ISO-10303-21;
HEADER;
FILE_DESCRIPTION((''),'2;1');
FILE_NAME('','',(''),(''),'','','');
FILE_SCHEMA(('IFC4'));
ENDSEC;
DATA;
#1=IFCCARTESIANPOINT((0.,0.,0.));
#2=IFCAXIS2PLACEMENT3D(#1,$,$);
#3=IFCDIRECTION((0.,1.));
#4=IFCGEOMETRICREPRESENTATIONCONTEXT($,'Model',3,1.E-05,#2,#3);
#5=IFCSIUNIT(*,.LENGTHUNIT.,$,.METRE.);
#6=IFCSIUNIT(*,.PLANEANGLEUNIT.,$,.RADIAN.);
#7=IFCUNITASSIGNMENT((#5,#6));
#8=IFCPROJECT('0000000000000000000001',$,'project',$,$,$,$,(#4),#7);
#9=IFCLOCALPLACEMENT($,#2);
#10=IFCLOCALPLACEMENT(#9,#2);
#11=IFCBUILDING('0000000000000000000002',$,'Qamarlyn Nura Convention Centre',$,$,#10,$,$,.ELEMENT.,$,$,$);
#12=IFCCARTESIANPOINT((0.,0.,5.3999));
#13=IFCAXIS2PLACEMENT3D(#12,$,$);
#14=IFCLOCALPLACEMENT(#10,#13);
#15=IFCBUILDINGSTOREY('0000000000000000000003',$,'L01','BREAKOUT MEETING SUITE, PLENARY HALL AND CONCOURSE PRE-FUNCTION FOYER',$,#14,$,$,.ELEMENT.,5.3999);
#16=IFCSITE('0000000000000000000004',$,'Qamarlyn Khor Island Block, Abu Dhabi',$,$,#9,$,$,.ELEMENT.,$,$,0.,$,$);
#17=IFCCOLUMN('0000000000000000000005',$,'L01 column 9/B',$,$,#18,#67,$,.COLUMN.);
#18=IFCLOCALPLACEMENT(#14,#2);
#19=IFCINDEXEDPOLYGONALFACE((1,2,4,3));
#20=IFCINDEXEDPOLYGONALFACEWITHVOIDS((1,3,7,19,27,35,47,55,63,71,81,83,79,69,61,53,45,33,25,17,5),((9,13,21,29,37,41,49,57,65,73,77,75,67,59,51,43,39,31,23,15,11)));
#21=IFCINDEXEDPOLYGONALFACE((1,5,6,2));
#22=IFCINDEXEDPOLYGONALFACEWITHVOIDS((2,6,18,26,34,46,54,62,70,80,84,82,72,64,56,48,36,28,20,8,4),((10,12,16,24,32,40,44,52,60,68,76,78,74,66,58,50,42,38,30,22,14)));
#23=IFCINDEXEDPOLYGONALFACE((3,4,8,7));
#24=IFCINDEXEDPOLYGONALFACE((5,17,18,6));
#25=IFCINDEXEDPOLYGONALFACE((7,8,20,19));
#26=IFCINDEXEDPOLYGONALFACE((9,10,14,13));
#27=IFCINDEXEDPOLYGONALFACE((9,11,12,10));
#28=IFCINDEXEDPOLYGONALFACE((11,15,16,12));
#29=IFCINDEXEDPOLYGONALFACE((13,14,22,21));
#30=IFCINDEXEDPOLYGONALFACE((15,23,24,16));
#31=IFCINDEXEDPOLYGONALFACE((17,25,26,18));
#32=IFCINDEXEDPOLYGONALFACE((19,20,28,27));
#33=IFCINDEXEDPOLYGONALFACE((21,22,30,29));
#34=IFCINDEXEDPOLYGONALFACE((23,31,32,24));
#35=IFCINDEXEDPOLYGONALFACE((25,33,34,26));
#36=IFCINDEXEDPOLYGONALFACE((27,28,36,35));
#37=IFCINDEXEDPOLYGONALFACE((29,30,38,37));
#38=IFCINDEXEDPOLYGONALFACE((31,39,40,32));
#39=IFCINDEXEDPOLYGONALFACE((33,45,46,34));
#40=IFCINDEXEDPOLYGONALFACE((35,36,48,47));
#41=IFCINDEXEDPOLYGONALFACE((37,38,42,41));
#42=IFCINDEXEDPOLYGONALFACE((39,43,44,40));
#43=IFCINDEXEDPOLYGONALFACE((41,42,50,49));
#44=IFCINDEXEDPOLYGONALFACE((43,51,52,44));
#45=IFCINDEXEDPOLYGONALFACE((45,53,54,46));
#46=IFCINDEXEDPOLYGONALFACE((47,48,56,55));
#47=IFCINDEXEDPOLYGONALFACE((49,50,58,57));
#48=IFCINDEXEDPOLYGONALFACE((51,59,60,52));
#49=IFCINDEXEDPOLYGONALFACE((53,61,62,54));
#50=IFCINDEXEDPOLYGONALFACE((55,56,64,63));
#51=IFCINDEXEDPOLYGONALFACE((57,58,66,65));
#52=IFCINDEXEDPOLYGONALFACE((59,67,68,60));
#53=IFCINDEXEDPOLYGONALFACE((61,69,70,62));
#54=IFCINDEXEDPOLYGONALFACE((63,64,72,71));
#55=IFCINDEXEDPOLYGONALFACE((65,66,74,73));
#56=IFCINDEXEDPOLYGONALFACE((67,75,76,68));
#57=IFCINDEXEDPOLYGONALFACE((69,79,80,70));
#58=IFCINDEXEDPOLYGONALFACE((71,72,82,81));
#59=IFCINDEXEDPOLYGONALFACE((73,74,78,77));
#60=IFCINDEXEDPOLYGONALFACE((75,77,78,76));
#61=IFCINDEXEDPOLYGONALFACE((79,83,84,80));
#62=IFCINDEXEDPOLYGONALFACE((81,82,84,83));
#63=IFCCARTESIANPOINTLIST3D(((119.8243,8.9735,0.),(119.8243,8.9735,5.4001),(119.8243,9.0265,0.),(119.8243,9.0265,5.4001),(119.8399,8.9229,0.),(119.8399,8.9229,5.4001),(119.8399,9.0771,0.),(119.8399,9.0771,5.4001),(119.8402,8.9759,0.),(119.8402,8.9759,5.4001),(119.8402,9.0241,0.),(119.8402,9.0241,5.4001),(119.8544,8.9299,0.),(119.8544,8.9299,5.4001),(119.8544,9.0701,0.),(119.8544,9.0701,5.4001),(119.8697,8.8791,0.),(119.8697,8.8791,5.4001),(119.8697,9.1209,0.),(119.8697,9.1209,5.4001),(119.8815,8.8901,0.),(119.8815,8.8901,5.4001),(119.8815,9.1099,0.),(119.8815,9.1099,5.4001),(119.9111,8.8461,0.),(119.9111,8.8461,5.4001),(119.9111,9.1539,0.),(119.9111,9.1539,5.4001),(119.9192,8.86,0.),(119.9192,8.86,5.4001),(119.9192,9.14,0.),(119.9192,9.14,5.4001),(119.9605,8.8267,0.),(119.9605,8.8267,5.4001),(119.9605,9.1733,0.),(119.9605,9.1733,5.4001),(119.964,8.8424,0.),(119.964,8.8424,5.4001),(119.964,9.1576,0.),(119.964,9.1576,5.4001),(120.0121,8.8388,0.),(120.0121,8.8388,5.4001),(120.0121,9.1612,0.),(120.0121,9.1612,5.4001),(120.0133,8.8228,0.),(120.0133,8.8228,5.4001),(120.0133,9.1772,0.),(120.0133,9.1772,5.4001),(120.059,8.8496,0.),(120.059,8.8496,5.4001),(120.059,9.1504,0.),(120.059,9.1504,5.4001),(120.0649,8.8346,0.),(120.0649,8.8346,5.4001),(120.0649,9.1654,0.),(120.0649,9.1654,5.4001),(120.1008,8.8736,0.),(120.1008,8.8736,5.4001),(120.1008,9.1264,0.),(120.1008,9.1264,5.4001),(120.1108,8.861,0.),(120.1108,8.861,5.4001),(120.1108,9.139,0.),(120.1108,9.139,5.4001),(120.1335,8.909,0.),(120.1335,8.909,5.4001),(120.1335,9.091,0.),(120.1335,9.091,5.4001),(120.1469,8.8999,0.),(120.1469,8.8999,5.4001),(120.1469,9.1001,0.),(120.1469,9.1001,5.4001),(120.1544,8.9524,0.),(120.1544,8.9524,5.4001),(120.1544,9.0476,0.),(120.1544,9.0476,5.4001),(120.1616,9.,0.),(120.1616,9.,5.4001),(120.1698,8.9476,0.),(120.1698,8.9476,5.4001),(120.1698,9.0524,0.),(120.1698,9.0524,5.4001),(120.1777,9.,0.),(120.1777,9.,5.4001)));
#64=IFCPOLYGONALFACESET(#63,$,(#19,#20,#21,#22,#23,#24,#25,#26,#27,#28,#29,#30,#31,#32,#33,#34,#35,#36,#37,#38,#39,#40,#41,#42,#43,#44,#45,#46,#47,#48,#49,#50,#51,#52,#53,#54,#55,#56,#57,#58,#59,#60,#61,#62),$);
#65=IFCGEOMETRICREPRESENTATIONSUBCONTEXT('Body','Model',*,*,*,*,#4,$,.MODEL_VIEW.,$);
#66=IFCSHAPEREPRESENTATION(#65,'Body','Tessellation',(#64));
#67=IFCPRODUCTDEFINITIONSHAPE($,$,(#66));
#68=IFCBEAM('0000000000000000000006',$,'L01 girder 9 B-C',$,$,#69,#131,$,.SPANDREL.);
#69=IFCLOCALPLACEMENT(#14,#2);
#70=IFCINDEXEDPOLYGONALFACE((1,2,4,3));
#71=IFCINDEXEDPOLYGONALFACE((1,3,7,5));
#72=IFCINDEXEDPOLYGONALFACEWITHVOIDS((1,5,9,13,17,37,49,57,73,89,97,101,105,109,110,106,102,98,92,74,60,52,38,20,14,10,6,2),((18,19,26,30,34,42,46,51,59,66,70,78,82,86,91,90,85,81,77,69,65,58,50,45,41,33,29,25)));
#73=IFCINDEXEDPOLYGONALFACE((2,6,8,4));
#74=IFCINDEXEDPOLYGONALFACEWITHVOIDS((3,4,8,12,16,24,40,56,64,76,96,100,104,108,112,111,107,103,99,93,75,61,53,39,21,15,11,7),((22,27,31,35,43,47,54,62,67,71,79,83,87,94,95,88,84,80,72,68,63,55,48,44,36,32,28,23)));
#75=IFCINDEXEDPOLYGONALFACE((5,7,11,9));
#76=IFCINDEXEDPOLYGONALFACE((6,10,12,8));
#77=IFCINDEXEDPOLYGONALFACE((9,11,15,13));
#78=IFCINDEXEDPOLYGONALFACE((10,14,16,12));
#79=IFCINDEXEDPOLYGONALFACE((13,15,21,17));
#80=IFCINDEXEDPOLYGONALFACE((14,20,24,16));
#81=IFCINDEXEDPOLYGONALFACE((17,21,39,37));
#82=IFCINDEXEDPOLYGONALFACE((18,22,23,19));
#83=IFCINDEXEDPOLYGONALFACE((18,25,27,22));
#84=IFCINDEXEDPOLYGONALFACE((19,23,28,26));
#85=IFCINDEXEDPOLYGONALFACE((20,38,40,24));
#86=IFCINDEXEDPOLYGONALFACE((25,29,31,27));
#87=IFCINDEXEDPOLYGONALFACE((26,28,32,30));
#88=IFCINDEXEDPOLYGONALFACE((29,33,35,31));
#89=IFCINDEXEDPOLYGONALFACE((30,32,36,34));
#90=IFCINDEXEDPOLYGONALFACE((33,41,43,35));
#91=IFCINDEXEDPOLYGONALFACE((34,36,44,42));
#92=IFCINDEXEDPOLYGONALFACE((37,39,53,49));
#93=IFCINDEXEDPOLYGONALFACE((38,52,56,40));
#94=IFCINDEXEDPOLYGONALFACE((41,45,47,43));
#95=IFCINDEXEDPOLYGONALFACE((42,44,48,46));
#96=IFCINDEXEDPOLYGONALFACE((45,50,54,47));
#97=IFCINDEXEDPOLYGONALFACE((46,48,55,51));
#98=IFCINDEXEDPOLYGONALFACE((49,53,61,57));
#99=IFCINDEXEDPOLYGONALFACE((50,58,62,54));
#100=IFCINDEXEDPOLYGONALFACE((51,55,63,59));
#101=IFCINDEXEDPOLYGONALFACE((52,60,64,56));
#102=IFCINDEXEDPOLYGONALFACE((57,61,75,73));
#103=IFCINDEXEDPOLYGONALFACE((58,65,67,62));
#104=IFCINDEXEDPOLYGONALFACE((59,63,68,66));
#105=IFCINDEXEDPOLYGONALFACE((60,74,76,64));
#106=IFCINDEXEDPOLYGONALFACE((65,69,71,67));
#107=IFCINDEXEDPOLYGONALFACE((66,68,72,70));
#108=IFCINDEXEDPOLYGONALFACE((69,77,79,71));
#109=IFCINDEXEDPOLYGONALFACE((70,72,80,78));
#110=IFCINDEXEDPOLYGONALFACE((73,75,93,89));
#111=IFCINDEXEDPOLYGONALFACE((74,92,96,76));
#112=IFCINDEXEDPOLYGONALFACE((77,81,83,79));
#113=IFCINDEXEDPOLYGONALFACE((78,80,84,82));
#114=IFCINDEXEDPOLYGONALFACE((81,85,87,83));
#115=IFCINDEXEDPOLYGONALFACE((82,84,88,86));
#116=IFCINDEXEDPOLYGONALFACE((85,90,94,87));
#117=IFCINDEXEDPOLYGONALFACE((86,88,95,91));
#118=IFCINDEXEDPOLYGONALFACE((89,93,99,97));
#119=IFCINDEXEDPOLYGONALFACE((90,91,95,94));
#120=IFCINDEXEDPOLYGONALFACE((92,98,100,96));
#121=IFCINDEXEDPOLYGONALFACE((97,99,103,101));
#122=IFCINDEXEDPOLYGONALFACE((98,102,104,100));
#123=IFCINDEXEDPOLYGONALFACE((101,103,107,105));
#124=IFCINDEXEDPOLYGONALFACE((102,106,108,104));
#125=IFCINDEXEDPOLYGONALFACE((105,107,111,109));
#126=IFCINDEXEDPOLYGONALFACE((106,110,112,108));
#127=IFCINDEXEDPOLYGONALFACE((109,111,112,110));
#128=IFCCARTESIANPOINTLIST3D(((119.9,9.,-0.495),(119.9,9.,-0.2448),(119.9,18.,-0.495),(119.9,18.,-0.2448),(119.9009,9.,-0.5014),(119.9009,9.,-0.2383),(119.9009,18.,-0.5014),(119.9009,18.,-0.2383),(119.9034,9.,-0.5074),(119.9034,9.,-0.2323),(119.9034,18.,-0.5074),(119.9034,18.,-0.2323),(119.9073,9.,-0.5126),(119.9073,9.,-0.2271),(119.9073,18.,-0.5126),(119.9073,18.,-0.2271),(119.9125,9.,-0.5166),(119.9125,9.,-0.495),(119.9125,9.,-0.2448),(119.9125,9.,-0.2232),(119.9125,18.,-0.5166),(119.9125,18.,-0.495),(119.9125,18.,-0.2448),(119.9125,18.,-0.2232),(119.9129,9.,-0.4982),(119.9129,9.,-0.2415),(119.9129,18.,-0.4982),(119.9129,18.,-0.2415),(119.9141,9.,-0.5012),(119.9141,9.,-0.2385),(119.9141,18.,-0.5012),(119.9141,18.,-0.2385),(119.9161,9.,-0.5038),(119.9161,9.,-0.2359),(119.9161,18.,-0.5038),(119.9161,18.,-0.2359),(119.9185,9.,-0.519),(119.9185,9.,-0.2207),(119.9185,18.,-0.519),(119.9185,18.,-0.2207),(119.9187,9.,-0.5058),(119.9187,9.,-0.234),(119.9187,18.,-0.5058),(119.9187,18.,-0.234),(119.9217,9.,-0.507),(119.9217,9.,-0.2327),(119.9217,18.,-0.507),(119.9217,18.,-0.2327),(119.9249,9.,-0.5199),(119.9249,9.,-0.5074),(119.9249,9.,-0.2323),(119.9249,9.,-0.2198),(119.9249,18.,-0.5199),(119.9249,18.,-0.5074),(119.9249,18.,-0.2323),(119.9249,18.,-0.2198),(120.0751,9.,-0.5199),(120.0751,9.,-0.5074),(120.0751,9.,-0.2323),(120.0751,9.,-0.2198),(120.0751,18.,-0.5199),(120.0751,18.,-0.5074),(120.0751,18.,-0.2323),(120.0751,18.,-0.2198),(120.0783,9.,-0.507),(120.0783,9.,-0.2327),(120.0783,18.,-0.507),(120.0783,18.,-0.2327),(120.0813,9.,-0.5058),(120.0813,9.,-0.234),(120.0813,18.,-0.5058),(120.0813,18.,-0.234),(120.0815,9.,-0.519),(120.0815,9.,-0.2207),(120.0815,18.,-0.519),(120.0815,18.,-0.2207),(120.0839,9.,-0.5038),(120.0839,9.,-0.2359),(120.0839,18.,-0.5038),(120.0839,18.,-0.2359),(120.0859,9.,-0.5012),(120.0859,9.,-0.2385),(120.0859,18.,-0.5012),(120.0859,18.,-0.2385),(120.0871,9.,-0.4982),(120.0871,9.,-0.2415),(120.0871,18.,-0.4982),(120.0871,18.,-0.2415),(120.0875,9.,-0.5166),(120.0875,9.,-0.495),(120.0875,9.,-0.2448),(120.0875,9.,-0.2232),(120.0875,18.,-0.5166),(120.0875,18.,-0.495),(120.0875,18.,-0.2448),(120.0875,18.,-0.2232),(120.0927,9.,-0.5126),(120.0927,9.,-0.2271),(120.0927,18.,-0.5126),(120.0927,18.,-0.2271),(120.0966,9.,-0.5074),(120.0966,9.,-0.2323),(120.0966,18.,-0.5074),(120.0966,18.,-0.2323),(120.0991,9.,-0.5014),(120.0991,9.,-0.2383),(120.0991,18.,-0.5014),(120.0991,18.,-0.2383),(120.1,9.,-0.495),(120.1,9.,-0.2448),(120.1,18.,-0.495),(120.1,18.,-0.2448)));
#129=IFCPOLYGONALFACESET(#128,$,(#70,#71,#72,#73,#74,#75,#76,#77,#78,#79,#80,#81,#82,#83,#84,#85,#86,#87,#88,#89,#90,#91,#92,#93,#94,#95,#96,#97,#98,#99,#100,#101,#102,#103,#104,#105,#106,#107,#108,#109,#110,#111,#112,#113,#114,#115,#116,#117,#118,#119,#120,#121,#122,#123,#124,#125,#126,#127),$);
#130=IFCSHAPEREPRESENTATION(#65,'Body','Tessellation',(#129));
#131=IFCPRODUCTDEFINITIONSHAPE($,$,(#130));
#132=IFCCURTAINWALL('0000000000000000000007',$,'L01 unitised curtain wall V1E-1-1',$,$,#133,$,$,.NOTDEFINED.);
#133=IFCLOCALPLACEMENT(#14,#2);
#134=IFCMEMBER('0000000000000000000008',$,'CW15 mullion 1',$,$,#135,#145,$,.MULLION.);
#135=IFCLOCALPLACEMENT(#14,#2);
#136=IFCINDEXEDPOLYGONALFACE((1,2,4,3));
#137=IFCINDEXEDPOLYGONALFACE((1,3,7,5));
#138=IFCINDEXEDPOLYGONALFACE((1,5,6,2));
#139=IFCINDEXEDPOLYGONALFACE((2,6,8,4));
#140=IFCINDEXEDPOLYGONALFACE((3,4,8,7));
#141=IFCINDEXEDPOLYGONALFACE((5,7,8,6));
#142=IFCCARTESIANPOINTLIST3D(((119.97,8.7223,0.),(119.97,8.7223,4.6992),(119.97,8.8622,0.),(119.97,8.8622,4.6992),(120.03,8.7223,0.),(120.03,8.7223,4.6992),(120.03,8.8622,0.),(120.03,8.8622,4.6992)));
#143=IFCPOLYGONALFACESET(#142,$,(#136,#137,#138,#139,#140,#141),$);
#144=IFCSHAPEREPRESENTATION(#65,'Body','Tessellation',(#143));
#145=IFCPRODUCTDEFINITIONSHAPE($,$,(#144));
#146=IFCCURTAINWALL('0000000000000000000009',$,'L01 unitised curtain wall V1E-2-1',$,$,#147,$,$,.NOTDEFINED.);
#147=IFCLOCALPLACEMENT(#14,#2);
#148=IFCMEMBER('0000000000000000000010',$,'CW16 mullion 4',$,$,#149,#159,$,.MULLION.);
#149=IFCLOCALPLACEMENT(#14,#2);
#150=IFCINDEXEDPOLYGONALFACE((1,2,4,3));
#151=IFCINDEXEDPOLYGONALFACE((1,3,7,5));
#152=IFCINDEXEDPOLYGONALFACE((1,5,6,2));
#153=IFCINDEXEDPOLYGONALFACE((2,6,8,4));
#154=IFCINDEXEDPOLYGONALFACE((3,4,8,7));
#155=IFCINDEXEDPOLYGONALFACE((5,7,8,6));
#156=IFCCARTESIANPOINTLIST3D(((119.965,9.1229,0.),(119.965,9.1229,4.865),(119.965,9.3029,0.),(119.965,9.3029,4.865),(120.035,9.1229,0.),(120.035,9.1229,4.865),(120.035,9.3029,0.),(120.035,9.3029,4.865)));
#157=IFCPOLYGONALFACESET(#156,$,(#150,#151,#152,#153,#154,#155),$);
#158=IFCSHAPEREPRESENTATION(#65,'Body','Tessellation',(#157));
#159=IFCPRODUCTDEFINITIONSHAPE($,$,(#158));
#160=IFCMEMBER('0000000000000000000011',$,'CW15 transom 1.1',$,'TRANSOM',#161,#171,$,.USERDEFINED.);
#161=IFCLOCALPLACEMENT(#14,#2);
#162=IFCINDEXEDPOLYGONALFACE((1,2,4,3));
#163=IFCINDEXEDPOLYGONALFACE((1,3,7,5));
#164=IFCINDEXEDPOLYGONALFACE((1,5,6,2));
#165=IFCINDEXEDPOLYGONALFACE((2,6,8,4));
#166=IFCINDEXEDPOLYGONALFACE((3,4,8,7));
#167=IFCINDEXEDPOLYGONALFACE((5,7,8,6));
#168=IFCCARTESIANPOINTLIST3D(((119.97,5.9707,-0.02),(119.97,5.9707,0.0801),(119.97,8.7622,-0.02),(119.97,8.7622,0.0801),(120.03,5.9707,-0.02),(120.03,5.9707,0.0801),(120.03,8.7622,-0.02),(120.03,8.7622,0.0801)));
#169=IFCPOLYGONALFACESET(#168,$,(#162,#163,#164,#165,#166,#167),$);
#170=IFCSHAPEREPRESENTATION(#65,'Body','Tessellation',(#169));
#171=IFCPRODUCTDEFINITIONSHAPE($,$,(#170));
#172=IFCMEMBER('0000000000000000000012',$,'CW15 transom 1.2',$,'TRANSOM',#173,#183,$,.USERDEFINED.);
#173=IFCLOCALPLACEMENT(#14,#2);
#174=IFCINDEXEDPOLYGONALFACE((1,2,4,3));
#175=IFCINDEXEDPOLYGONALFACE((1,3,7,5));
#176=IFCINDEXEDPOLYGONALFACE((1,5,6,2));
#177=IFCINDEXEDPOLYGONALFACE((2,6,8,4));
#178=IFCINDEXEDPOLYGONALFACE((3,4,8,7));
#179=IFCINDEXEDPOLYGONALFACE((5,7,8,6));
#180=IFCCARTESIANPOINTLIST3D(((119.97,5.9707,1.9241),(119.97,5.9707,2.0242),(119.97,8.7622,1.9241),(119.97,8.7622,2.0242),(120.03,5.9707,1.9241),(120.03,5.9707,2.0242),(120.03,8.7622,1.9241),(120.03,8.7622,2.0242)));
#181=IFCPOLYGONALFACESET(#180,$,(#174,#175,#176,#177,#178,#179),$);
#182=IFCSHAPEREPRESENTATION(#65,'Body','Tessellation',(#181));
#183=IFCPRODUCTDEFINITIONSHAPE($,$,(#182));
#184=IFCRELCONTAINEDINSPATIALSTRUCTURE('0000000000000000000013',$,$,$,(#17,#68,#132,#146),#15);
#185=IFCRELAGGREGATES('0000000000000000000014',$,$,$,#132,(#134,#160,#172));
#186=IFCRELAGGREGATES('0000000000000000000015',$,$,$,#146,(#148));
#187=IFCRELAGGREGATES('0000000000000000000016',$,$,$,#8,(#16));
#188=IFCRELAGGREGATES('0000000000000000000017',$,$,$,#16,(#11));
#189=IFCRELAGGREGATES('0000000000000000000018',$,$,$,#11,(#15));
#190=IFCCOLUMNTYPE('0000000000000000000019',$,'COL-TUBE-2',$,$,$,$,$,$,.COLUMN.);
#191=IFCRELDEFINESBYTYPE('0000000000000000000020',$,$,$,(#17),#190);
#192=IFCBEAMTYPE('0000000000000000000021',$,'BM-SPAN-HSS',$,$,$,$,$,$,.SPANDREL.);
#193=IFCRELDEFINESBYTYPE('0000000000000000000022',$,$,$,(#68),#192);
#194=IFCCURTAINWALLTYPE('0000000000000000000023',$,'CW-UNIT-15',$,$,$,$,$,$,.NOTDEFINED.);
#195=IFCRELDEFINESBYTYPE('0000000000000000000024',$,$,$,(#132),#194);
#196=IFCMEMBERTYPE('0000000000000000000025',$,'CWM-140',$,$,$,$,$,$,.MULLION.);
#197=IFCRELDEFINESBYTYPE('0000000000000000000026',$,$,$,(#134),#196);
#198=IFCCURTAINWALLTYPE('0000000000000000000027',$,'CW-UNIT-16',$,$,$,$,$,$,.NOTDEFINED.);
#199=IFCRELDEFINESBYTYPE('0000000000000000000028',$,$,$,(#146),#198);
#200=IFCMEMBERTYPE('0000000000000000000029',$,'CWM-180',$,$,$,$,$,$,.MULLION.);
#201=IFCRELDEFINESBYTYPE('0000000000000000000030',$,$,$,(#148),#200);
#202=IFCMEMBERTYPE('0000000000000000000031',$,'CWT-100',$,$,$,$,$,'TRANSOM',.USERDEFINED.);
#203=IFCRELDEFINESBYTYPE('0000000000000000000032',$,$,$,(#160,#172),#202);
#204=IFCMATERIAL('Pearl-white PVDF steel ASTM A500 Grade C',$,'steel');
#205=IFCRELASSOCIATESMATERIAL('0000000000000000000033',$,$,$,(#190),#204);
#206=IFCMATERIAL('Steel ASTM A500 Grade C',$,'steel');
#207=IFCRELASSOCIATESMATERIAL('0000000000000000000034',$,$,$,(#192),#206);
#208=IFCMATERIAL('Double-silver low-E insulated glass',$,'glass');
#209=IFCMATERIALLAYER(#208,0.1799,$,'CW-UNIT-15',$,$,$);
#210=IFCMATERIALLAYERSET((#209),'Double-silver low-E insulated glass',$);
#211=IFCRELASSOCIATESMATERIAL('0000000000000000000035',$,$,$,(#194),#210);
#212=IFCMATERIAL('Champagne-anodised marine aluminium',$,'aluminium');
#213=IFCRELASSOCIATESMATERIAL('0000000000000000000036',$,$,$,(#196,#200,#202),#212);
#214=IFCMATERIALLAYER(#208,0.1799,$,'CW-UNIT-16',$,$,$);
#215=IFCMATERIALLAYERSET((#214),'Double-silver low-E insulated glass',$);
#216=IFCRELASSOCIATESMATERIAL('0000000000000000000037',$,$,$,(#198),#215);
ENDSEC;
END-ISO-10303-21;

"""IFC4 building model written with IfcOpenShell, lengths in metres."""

from ifc_helpers import new_model, si_unit, direction, frame, origin, origin_2d, place, context, subcontext, project, spatial, rectangle, hollow_rectangle, hollow_circle, extrude, material, layer, layer_set, material_profile, profile_set, type_object, element, aggregate, save


model = new_model("IFC4")

# Units and contexts
model_context = context("Model", 3, precision=1e-05, world=origin(), true_north=direction((0.0, 1.0)))
body_context = subcontext(model_context, "Body", "Model", "MODEL_VIEW")
ifc_project = project(units=[si_unit("LENGTHUNIT", "METRE"), si_unit("PLANEANGLEUNIT", "RADIAN")], contexts=[model_context])

# Site, building, storey
site_placement = place(None, origin())
site = spatial("IfcSite", under=ifc_project, at=site_placement, Name="Qamarlyn Khor Island Block, Abu Dhabi", CompositionType="ELEMENT", RefElevation=0.0)
building_placement = place(site_placement, origin())
building = spatial("IfcBuilding", under=site, at=building_placement, Name="Qamarlyn Nura Convention Centre", CompositionType="ELEMENT")
storey_placement = place(building_placement, frame((0.0, 0.0, 5.3999)))
storey = spatial("IfcBuildingStorey", under=building, at=storey_placement, Name="L01", Description="BREAKOUT MEETING SUITE, PLENARY HALL AND CONCOURSE PRE-FUNCTION FOYER", CompositionType="ELEMENT", Elevation=5.3999)

# Column
ifc_material_1 = material(Name="Pearl-white PVDF steel ASTM A500 Grade C", Category="steel")
ifc_material_profile_1 = material_profile(ifc_material_1, hollow_circle(Radius=0.1777, WallThickness=0.0161, at=origin_2d()), Name="CHS355.6X16")
ifc_profile_set_1 = profile_set([ifc_material_profile_1], Name="Pearl-white PVDF steel ASTM A500 Grade C")
column_type = type_object("IfcColumnType", Name="COL-TUBE-2", PredefinedType="COLUMN", material=ifc_profile_set_1)
column_placement = place(storey_placement, frame((120.0, 9.0, 0.0), z_axis=(0.0, 0.0, 1.0), x_axis=(1.0, 0.0, 0.0)))
element("IfcColumn", 1, at=column_placement, inside=storey, type_object=column_type, Name="L01 column 9/B", PredefinedType="COLUMN", context=body_context, shape_type="SweptSolid", body=[
    extrude(hollow_circle(Radius=0.1777, WallThickness=0.0161, at=origin_2d()), origin(), (0.0, 0.0, 1.0), 5.4001),
])

# Beam
ifc_material_2 = material(Name="Steel ASTM A500 Grade C", Category="steel")
ifc_material_profile_2 = material_profile(ifc_material_2, hollow_rectangle(XDim=0.2, YDim=0.3, WallThickness=0.0125, InnerFilletRadius=0.0125, OuterFilletRadius=0.0249, at=origin_2d()), Name="HSS300X200X12.5")
ifc_profile_set_2 = profile_set([ifc_material_profile_2], Name="Steel ASTM A500 Grade C")
beam_type = type_object("IfcBeamType", Name="BM-SPAN-HSS", PredefinedType="SPANDREL", material=ifc_profile_set_2)
beam_placement = place(storey_placement, frame((120.0, 9.0, -0.3699), z_axis=(0.0, 1.0, 0.0), x_axis=(-1.0, 0.0, 0.0)))
element("IfcBeam", 2, at=beam_placement, inside=storey, type_object=beam_type, Name="L01 girder 9 B-C", PredefinedType="SPANDREL", context=body_context, shape_type="SweptSolid", body=[
    extrude(hollow_rectangle(XDim=0.2, YDim=0.3, WallThickness=0.0125, InnerFilletRadius=0.0125, OuterFilletRadius=0.0249, at=origin_2d()), origin(), (0.0, 0.0, 1.0), 9.0),
])

# Curtain walls, members
ifc_material_3 = material(Name="Double-silver low-E insulated glass", Category="glass")
ifc_layer_1 = layer(ifc_material_3, 0.1799, Name="CW-UNIT-15")
ifc_layer_set_1 = layer_set([ifc_layer_1], Name="Double-silver low-E insulated glass")
curtain_wall_type_1 = type_object("IfcCurtainWallType", Name="CW-UNIT-15", PredefinedType="NOTDEFINED", material=ifc_layer_set_1)
curtain_wall_1_placement = place(storey_placement, origin())
curtain_wall_1 = element("IfcCurtainWall", 3, at=curtain_wall_1_placement, inside=storey, type_object=curtain_wall_type_1, Name="L01 unitised curtain wall V1E-1-1", PredefinedType="NOTDEFINED")
ifc_material_4 = material(Name="Champagne-anodised marine aluminium", Category="aluminium")
ifc_material_profile_3 = material_profile(ifc_material_4, rectangle(XDim=0.0601, YDim=0.1399, at=origin_2d()), Name="ALU MULLION 60x140")
ifc_profile_set_3 = profile_set([ifc_material_profile_3], Name="Champagne-anodised marine aluminium")
member_type_1 = type_object("IfcMemberType", Name="CWM-140", PredefinedType="MULLION", material=ifc_profile_set_3)
member_1_placement = place(storey_placement, frame((120.0, 8.7922, 0.0), z_axis=(0.0, 0.0, 1.0), x_axis=(1.0, 0.0, 0.0)))
member_1 = element("IfcMember", 4, at=member_1_placement, type_object=member_type_1, Name="CW15 mullion 1", PredefinedType="MULLION", context=body_context, shape_type="SweptSolid", body=[
    extrude(rectangle(XDim=0.0601, YDim=0.1399, at=origin_2d()), origin(), (0.0, 0.0, 1.0), 4.6992),
])
ifc_layer_2 = layer(ifc_material_3, 0.1799, Name="CW-UNIT-16")
ifc_layer_set_2 = layer_set([ifc_layer_2], Name="Double-silver low-E insulated glass")
curtain_wall_type_2 = type_object("IfcCurtainWallType", Name="CW-UNIT-16", PredefinedType="NOTDEFINED", material=ifc_layer_set_2)
curtain_wall_2_placement = place(storey_placement, origin())
curtain_wall_2 = element("IfcCurtainWall", 5, at=curtain_wall_2_placement, inside=storey, type_object=curtain_wall_type_2, Name="L01 unitised curtain wall V1E-2-1", PredefinedType="NOTDEFINED")
ifc_material_profile_4 = material_profile(ifc_material_4, rectangle(XDim=0.0701, YDim=0.1799, at=origin_2d()), Name="ALU MULLION 70x180")
ifc_profile_set_4 = profile_set([ifc_material_profile_4], Name="Champagne-anodised marine aluminium")
member_type_2 = type_object("IfcMemberType", Name="CWM-180", PredefinedType="MULLION", material=ifc_profile_set_4)
member_2_placement = place(storey_placement, frame((120.0, 9.2129, 0.0), z_axis=(0.0, 0.0, 1.0), x_axis=(1.0, 0.0, 0.0)))
member_2 = element("IfcMember", 6, at=member_2_placement, type_object=member_type_2, Name="CW16 mullion 4", PredefinedType="MULLION", context=body_context, shape_type="SweptSolid", body=[
    extrude(rectangle(XDim=0.0701, YDim=0.1799, at=origin_2d()), origin(), (0.0, 0.0, 1.0), 4.865),
])

# Members
ifc_material_profile_5 = material_profile(ifc_material_4, rectangle(XDim=0.0601, YDim=0.1001, at=origin_2d()), Name="ALU TRANSOM 60x100")
ifc_profile_set_5 = profile_set([ifc_material_profile_5], Name="Champagne-anodised marine aluminium")
member_type_3 = type_object("IfcMemberType", Name="CWT-100", ElementType="TRANSOM", PredefinedType="USERDEFINED", material=ifc_profile_set_5)
member_3_placement = place(storey_placement, frame((120.0, 8.7622, 0.03), z_axis=(0.0, -1.0, 0.0), x_axis=(1.0, 0.0, 0.0)))
member_3 = element("IfcMember", 7, at=member_3_placement, type_object=member_type_3, Name="CW15 transom 1.1", ObjectType="TRANSOM", PredefinedType="USERDEFINED", context=body_context, shape_type="SweptSolid", body=[
    extrude(rectangle(XDim=0.0601, YDim=0.1001, at=origin_2d()), origin(), (0.0, 0.0, 1.0), 2.7915),
])
member_4_placement = place(storey_placement, frame((120.0, 8.7622, 1.9741), z_axis=(0.0, -1.0, 0.0), x_axis=(1.0, 0.0, 0.0)))
member_4 = element("IfcMember", 8, at=member_4_placement, type_object=member_type_3, Name="CW15 transom 1.2", ObjectType="TRANSOM", PredefinedType="USERDEFINED", context=body_context, shape_type="SweptSolid", body=[
    extrude(rectangle(XDim=0.0601, YDim=0.1001, at=origin_2d()), origin(), (0.0, 0.0, 1.0), 2.7915),
])

aggregate(curtain_wall_1, [member_1, member_3, member_4])
aggregate(curtain_wall_2, [member_2])

save(model, "model.ifc")
